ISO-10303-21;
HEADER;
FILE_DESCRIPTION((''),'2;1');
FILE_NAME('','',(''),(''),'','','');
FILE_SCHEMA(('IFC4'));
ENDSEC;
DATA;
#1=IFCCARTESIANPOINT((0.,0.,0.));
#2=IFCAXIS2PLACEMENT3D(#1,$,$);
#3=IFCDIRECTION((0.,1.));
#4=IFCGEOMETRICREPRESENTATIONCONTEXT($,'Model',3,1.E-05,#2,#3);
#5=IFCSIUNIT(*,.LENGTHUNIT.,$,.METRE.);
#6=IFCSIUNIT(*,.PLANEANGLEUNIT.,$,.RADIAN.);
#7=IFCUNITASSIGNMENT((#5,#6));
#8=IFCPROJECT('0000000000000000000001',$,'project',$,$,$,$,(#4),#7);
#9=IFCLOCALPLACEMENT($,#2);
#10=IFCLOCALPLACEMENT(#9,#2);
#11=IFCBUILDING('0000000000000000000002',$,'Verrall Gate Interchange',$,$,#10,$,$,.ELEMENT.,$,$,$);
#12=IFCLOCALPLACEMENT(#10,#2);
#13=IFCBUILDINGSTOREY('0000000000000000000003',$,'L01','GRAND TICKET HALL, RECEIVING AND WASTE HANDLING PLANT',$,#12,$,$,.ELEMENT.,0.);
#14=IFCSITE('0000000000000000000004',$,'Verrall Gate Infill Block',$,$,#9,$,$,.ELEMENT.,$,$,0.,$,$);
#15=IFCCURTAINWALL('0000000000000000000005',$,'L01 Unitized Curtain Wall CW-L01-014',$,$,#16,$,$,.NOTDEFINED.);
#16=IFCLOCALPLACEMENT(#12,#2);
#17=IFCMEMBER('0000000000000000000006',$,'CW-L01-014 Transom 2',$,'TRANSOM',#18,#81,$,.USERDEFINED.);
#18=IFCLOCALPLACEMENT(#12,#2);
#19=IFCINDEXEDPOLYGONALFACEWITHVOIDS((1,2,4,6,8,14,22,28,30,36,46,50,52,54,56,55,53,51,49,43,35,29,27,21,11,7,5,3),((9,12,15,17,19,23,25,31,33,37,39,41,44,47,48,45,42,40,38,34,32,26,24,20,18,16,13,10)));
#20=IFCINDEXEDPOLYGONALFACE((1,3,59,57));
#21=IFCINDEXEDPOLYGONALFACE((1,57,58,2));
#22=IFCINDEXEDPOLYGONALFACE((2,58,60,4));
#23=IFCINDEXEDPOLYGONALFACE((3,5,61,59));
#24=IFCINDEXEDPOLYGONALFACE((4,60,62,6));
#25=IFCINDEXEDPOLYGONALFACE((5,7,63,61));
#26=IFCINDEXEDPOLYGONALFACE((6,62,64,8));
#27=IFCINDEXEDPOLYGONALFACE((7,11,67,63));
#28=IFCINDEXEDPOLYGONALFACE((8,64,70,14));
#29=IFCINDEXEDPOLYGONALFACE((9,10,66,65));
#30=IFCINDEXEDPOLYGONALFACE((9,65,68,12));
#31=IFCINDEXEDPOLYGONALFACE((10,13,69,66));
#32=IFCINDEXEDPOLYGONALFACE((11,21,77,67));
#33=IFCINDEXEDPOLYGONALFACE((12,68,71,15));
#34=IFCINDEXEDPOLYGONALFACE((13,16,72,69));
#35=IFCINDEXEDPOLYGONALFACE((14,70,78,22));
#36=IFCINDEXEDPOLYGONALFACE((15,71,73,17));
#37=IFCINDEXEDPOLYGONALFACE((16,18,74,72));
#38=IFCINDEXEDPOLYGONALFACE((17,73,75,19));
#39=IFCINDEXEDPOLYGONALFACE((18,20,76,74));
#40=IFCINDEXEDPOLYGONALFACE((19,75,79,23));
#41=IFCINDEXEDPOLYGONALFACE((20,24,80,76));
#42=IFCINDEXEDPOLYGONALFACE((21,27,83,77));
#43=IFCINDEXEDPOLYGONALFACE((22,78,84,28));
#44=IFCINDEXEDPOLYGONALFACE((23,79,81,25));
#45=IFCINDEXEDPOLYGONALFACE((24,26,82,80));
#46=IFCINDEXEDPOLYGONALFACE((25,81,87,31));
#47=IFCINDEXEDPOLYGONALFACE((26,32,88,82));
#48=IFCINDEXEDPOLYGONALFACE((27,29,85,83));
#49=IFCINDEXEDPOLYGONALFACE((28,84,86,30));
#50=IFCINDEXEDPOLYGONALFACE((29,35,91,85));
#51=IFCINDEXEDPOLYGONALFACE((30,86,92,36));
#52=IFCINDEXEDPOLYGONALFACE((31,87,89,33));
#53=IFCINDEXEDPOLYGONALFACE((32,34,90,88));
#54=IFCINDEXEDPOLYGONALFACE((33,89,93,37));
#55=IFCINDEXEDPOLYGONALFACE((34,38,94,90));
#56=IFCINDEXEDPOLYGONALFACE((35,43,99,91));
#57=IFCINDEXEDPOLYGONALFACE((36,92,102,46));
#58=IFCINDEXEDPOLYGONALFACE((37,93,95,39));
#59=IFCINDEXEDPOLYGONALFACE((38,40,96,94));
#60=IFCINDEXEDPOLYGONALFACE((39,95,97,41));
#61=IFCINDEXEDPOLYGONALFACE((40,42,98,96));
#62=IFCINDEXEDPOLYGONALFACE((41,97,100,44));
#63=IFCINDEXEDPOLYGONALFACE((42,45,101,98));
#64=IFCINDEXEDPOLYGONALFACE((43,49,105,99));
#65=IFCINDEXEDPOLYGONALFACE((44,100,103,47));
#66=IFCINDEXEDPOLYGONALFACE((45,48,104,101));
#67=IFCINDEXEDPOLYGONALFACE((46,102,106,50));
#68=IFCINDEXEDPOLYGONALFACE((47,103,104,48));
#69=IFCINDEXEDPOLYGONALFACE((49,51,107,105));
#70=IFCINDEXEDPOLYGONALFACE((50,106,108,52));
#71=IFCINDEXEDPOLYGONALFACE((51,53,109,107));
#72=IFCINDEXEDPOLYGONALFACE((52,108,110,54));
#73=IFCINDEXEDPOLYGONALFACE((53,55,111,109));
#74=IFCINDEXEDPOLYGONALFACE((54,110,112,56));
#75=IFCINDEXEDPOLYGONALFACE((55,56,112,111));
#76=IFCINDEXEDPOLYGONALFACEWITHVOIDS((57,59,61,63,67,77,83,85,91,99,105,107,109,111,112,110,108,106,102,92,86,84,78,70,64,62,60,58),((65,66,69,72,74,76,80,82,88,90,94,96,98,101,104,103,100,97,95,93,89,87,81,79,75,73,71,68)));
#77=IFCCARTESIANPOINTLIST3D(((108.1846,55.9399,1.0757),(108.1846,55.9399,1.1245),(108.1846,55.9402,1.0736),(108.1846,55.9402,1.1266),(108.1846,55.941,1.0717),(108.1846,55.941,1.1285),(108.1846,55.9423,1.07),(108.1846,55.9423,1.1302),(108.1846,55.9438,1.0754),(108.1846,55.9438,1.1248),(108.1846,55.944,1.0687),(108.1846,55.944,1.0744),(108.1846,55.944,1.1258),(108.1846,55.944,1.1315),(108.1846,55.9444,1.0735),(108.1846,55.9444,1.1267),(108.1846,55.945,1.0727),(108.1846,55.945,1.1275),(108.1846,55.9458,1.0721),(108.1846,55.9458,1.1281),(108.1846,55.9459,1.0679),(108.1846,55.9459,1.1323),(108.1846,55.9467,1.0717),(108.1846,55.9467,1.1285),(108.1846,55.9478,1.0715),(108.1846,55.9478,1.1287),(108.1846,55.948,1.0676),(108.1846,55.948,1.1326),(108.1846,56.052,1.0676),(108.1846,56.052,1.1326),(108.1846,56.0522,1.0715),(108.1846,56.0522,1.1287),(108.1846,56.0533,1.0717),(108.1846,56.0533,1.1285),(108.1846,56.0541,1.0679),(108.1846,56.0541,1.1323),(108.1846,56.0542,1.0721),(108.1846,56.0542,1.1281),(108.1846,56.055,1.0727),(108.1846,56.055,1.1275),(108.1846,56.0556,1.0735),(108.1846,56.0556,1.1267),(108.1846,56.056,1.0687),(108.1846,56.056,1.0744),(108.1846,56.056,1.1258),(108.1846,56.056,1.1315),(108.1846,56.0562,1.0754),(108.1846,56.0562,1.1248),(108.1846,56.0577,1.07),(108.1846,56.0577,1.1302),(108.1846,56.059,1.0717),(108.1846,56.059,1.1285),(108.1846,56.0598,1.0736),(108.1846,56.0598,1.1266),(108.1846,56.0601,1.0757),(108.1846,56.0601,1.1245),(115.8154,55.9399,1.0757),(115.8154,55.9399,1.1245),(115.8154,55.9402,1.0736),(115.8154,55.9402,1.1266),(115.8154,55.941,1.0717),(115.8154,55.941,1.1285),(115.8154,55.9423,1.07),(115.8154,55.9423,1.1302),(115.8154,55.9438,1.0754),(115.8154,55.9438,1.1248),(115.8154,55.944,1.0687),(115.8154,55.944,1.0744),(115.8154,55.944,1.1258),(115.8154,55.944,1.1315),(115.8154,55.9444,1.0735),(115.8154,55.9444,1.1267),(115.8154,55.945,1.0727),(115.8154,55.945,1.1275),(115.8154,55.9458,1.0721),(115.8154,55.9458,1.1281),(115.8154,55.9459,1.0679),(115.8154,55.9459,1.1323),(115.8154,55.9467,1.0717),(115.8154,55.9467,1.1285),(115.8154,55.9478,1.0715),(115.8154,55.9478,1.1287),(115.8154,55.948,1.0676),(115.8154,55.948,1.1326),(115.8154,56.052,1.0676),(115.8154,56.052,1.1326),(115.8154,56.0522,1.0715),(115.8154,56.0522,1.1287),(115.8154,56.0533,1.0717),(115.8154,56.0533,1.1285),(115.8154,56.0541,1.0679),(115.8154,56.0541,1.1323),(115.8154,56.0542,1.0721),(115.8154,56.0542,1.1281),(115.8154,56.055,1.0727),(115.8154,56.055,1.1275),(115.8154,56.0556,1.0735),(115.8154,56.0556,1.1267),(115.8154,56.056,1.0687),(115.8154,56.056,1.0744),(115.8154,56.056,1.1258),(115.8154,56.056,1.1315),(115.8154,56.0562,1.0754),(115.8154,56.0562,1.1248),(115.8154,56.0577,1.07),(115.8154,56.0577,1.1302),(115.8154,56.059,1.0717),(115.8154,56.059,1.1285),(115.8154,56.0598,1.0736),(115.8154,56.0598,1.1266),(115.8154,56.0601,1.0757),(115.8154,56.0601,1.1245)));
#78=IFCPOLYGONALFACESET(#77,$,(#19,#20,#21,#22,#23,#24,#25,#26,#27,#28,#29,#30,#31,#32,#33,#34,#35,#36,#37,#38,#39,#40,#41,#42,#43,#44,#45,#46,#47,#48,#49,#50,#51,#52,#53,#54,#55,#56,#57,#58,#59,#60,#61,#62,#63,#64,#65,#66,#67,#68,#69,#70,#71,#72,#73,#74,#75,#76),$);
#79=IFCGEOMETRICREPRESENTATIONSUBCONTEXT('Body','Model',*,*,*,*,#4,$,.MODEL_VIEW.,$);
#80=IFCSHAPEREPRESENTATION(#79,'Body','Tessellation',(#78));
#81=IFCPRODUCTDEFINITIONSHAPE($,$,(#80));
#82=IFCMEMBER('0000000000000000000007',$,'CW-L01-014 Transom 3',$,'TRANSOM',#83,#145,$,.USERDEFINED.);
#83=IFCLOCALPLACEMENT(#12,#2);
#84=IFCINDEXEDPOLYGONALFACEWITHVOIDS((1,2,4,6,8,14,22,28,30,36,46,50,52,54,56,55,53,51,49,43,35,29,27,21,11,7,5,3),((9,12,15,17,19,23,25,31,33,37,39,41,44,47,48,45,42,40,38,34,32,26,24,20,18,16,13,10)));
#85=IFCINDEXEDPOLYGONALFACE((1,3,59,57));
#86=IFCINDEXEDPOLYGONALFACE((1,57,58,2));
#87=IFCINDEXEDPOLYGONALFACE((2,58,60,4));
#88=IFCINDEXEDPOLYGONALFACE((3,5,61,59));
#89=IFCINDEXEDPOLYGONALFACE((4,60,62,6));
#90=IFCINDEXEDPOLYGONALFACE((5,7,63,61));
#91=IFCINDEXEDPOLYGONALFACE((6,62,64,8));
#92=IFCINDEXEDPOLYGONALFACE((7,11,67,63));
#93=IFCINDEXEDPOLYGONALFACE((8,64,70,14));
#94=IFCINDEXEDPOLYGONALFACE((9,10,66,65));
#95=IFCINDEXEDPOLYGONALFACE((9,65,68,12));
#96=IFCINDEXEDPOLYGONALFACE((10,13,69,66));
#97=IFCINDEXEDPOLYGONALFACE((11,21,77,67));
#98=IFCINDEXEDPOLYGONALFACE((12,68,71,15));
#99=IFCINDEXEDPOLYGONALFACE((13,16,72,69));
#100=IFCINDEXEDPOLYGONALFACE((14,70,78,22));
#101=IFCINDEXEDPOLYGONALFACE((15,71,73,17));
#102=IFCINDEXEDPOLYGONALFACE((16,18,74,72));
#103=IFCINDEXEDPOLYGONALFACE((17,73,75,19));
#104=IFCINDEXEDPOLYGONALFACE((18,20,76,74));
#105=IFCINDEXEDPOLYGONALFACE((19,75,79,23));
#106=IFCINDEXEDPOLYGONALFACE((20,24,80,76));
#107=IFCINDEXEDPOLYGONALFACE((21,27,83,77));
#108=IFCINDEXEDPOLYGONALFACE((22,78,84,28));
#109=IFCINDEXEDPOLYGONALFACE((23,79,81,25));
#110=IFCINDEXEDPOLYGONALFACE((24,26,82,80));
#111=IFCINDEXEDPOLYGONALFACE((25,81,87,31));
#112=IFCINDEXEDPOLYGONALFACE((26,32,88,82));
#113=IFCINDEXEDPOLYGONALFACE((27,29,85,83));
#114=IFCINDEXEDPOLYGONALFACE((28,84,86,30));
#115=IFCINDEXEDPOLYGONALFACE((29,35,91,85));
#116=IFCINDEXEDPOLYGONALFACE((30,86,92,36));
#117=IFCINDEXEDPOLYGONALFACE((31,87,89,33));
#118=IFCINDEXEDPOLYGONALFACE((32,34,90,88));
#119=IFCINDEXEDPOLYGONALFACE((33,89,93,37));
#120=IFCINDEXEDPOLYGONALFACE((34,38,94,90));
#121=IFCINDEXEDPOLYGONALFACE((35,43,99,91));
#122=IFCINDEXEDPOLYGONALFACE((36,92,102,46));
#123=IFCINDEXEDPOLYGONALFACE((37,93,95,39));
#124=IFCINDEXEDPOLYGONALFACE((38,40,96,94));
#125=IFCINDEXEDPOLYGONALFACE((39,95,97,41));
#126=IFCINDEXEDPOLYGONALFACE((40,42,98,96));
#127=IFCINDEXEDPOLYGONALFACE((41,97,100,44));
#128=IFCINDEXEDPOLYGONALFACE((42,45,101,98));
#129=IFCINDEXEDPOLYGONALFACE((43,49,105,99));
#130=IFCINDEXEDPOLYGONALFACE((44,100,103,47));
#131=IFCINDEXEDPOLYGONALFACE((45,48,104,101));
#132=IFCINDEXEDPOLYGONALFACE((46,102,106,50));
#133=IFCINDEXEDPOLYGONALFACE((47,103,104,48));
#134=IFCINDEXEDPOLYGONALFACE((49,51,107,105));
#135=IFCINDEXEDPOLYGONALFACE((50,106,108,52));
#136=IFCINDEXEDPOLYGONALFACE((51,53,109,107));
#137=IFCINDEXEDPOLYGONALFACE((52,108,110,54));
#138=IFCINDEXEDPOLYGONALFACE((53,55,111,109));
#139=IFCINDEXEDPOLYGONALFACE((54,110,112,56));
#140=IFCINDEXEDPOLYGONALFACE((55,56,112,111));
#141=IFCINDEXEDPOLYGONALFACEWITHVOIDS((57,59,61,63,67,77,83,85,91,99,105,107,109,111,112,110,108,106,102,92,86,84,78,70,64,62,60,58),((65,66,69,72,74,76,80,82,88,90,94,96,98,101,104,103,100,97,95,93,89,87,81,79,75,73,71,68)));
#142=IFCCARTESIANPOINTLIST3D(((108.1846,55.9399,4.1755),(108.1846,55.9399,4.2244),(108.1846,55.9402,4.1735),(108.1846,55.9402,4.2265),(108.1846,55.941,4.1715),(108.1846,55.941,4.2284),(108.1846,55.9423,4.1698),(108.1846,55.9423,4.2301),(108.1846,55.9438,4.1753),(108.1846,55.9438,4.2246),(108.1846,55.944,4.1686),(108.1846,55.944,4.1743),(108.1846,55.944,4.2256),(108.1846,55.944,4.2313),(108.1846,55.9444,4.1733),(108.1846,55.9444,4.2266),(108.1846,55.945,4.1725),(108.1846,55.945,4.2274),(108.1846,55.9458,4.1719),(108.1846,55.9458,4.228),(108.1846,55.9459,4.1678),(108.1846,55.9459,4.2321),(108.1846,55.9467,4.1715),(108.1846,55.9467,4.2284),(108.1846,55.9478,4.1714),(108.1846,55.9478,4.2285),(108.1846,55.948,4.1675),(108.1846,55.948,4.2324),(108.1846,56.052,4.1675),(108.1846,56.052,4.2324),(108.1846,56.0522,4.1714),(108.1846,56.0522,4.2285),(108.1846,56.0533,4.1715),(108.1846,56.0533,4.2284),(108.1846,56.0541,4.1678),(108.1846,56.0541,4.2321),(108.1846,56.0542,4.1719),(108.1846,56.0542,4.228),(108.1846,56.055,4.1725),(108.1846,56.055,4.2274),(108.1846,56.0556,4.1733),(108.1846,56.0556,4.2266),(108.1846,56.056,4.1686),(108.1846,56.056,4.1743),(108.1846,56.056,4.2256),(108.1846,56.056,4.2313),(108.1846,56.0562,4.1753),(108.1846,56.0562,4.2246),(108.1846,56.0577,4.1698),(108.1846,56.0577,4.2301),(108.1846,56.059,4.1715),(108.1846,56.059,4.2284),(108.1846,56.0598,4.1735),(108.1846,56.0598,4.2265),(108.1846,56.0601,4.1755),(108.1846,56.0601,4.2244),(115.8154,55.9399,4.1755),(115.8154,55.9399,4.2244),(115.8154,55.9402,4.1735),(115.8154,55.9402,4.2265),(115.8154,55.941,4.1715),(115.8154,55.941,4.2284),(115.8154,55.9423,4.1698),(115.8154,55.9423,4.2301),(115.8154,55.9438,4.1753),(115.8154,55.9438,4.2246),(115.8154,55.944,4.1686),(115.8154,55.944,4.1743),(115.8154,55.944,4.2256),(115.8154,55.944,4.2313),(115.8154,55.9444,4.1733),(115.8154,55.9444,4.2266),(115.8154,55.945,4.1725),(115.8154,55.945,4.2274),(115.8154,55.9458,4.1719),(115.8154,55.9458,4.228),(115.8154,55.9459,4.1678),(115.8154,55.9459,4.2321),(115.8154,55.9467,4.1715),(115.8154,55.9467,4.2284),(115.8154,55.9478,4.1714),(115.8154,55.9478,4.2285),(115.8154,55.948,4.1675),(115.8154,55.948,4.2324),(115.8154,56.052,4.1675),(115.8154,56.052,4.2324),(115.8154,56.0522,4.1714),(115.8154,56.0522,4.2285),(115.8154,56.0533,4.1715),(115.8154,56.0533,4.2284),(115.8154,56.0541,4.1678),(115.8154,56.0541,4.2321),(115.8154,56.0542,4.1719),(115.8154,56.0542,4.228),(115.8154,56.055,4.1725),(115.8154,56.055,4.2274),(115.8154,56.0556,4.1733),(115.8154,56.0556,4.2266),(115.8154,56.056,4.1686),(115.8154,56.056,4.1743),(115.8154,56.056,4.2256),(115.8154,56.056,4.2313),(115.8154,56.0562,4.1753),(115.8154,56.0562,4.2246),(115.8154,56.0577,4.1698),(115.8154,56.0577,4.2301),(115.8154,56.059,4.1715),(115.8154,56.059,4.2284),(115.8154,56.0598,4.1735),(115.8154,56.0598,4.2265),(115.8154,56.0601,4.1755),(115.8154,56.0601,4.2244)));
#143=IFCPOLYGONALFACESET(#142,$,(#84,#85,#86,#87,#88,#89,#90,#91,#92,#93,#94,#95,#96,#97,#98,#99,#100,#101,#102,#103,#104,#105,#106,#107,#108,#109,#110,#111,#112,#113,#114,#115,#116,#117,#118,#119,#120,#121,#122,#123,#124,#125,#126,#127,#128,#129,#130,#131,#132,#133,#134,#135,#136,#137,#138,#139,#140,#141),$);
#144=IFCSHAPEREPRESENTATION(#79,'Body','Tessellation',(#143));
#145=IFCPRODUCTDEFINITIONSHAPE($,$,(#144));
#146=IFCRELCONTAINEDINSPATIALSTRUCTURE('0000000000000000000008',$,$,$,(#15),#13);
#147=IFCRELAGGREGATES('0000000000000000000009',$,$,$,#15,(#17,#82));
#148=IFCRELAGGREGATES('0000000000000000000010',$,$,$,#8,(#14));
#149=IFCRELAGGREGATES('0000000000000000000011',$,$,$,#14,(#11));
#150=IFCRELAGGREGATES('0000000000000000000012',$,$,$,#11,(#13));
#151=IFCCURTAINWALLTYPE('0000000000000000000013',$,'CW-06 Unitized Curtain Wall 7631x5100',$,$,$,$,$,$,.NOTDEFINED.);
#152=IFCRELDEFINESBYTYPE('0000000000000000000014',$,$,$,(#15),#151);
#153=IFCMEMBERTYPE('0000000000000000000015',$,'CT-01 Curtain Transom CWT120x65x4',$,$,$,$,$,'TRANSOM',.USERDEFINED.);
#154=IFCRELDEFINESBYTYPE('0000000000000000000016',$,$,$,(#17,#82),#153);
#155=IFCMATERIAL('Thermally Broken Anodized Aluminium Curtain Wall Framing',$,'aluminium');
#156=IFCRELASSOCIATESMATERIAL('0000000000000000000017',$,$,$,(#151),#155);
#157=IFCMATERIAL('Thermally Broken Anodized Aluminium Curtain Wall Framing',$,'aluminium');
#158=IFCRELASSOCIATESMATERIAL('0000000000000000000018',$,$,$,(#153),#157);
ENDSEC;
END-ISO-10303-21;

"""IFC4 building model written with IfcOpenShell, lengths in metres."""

from ifc_helpers import new_model, si_unit, direction, frame, origin, origin_2d, place, context, subcontext, project, spatial, hollow_rectangle, extrude, material, material_profile, profile_set, type_object, element, aggregate, save


model = new_model("IFC4")

# Units and contexts
model_context = context("Model", 3, precision=1e-05, world=origin(), true_north=direction((0.0, 1.0)))
body_context = subcontext(model_context, "Body", "Model", "MODEL_VIEW")
ifc_project = project(units=[si_unit("LENGTHUNIT", "METRE"), si_unit("PLANEANGLEUNIT", "RADIAN")], contexts=[model_context])

# Site, building, storey
site_placement = place(None, origin())
site = spatial("IfcSite", under=ifc_project, at=site_placement, Name="Verrall Gate Infill Block", CompositionType="ELEMENT", RefElevation=0.0)
building_placement = place(site_placement, origin())
building = spatial("IfcBuilding", under=site, at=building_placement, Name="Verrall Gate Interchange", CompositionType="ELEMENT")
storey_placement = place(building_placement, origin())
storey = spatial("IfcBuildingStorey", under=building, at=storey_placement, Name="L01", Description="GRAND TICKET HALL, RECEIVING AND WASTE HANDLING PLANT", CompositionType="ELEMENT", Elevation=0.0)

# Curtain wall
ifc_material_1 = material(Name="Thermally Broken Anodized Aluminium Curtain Wall Framing", Category="aluminium")
curtain_wall_type = type_object("IfcCurtainWallType", Name="CW-06 Unitized Curtain Wall 7631x5100", PredefinedType="NOTDEFINED", material=ifc_material_1)
curtain_wall_1_placement = place(storey_placement, origin())
curtain_wall_1 = element("IfcCurtainWall", 1, at=curtain_wall_1_placement, inside=storey, type_object=curtain_wall_type, Name="L01 Unitized Curtain Wall CW-L01-014", PredefinedType="NOTDEFINED")

# Members
ifc_material_2 = material(Name="Thermally Broken Anodized Aluminium Curtain Wall Framing", Category="aluminium")
ifc_material_profile_1 = material_profile(ifc_material_2, hollow_rectangle(XDim=0.1201, YDim=0.0649, WallThickness=0.0039, InnerFilletRadius=0.0039, OuterFilletRadius=0.0081, at=origin_2d()), Name="CWT120x65x4")
ifc_profile_set_1 = profile_set([ifc_material_profile_1], Name="Thermally Broken Anodized Aluminium Curtain Wall Framing")
member_type_1 = type_object("IfcMemberType", Name="CT-01 Curtain Transom CWT120x65x4", ElementType="TRANSOM", PredefinedType="USERDEFINED", material=ifc_profile_set_1)
member_1_placement = place(storey_placement, frame((115.8154, 56.0, 1.1001), z_axis=(-1.0, 0.0, 0.0), x_axis=(0.0, -1.0, 0.0)))
member_1 = element("IfcMember", 2, at=member_1_placement, type_object=member_type_1, Name="CW-L01-014 Transom 2", ObjectType="TRANSOM", PredefinedType="USERDEFINED", context=body_context, shape_type="SweptSolid", body=[
    extrude(hollow_rectangle(XDim=0.1201, YDim=0.0649, WallThickness=0.0039, InnerFilletRadius=0.0039, OuterFilletRadius=0.0081, at=origin_2d()), origin(), (0.0, 0.0, 1.0), 7.6309),
])
member_2_placement = place(storey_placement, frame((115.8154, 56.0, 4.2), z_axis=(-1.0, 0.0, 0.0), x_axis=(0.0, -1.0, 0.0)))
member_2 = element("IfcMember", 3, at=member_2_placement, type_object=member_type_1, Name="CW-L01-014 Transom 3", ObjectType="TRANSOM", PredefinedType="USERDEFINED", context=body_context, shape_type="SweptSolid", body=[
    extrude(hollow_rectangle(XDim=0.1201, YDim=0.0649, WallThickness=0.0039, InnerFilletRadius=0.0039, OuterFilletRadius=0.0081, at=origin_2d()), origin(), (0.0, 0.0, 1.0), 7.6309),
])

aggregate(curtain_wall_1, [member_1, member_2])

save(model, "model.ifc")
